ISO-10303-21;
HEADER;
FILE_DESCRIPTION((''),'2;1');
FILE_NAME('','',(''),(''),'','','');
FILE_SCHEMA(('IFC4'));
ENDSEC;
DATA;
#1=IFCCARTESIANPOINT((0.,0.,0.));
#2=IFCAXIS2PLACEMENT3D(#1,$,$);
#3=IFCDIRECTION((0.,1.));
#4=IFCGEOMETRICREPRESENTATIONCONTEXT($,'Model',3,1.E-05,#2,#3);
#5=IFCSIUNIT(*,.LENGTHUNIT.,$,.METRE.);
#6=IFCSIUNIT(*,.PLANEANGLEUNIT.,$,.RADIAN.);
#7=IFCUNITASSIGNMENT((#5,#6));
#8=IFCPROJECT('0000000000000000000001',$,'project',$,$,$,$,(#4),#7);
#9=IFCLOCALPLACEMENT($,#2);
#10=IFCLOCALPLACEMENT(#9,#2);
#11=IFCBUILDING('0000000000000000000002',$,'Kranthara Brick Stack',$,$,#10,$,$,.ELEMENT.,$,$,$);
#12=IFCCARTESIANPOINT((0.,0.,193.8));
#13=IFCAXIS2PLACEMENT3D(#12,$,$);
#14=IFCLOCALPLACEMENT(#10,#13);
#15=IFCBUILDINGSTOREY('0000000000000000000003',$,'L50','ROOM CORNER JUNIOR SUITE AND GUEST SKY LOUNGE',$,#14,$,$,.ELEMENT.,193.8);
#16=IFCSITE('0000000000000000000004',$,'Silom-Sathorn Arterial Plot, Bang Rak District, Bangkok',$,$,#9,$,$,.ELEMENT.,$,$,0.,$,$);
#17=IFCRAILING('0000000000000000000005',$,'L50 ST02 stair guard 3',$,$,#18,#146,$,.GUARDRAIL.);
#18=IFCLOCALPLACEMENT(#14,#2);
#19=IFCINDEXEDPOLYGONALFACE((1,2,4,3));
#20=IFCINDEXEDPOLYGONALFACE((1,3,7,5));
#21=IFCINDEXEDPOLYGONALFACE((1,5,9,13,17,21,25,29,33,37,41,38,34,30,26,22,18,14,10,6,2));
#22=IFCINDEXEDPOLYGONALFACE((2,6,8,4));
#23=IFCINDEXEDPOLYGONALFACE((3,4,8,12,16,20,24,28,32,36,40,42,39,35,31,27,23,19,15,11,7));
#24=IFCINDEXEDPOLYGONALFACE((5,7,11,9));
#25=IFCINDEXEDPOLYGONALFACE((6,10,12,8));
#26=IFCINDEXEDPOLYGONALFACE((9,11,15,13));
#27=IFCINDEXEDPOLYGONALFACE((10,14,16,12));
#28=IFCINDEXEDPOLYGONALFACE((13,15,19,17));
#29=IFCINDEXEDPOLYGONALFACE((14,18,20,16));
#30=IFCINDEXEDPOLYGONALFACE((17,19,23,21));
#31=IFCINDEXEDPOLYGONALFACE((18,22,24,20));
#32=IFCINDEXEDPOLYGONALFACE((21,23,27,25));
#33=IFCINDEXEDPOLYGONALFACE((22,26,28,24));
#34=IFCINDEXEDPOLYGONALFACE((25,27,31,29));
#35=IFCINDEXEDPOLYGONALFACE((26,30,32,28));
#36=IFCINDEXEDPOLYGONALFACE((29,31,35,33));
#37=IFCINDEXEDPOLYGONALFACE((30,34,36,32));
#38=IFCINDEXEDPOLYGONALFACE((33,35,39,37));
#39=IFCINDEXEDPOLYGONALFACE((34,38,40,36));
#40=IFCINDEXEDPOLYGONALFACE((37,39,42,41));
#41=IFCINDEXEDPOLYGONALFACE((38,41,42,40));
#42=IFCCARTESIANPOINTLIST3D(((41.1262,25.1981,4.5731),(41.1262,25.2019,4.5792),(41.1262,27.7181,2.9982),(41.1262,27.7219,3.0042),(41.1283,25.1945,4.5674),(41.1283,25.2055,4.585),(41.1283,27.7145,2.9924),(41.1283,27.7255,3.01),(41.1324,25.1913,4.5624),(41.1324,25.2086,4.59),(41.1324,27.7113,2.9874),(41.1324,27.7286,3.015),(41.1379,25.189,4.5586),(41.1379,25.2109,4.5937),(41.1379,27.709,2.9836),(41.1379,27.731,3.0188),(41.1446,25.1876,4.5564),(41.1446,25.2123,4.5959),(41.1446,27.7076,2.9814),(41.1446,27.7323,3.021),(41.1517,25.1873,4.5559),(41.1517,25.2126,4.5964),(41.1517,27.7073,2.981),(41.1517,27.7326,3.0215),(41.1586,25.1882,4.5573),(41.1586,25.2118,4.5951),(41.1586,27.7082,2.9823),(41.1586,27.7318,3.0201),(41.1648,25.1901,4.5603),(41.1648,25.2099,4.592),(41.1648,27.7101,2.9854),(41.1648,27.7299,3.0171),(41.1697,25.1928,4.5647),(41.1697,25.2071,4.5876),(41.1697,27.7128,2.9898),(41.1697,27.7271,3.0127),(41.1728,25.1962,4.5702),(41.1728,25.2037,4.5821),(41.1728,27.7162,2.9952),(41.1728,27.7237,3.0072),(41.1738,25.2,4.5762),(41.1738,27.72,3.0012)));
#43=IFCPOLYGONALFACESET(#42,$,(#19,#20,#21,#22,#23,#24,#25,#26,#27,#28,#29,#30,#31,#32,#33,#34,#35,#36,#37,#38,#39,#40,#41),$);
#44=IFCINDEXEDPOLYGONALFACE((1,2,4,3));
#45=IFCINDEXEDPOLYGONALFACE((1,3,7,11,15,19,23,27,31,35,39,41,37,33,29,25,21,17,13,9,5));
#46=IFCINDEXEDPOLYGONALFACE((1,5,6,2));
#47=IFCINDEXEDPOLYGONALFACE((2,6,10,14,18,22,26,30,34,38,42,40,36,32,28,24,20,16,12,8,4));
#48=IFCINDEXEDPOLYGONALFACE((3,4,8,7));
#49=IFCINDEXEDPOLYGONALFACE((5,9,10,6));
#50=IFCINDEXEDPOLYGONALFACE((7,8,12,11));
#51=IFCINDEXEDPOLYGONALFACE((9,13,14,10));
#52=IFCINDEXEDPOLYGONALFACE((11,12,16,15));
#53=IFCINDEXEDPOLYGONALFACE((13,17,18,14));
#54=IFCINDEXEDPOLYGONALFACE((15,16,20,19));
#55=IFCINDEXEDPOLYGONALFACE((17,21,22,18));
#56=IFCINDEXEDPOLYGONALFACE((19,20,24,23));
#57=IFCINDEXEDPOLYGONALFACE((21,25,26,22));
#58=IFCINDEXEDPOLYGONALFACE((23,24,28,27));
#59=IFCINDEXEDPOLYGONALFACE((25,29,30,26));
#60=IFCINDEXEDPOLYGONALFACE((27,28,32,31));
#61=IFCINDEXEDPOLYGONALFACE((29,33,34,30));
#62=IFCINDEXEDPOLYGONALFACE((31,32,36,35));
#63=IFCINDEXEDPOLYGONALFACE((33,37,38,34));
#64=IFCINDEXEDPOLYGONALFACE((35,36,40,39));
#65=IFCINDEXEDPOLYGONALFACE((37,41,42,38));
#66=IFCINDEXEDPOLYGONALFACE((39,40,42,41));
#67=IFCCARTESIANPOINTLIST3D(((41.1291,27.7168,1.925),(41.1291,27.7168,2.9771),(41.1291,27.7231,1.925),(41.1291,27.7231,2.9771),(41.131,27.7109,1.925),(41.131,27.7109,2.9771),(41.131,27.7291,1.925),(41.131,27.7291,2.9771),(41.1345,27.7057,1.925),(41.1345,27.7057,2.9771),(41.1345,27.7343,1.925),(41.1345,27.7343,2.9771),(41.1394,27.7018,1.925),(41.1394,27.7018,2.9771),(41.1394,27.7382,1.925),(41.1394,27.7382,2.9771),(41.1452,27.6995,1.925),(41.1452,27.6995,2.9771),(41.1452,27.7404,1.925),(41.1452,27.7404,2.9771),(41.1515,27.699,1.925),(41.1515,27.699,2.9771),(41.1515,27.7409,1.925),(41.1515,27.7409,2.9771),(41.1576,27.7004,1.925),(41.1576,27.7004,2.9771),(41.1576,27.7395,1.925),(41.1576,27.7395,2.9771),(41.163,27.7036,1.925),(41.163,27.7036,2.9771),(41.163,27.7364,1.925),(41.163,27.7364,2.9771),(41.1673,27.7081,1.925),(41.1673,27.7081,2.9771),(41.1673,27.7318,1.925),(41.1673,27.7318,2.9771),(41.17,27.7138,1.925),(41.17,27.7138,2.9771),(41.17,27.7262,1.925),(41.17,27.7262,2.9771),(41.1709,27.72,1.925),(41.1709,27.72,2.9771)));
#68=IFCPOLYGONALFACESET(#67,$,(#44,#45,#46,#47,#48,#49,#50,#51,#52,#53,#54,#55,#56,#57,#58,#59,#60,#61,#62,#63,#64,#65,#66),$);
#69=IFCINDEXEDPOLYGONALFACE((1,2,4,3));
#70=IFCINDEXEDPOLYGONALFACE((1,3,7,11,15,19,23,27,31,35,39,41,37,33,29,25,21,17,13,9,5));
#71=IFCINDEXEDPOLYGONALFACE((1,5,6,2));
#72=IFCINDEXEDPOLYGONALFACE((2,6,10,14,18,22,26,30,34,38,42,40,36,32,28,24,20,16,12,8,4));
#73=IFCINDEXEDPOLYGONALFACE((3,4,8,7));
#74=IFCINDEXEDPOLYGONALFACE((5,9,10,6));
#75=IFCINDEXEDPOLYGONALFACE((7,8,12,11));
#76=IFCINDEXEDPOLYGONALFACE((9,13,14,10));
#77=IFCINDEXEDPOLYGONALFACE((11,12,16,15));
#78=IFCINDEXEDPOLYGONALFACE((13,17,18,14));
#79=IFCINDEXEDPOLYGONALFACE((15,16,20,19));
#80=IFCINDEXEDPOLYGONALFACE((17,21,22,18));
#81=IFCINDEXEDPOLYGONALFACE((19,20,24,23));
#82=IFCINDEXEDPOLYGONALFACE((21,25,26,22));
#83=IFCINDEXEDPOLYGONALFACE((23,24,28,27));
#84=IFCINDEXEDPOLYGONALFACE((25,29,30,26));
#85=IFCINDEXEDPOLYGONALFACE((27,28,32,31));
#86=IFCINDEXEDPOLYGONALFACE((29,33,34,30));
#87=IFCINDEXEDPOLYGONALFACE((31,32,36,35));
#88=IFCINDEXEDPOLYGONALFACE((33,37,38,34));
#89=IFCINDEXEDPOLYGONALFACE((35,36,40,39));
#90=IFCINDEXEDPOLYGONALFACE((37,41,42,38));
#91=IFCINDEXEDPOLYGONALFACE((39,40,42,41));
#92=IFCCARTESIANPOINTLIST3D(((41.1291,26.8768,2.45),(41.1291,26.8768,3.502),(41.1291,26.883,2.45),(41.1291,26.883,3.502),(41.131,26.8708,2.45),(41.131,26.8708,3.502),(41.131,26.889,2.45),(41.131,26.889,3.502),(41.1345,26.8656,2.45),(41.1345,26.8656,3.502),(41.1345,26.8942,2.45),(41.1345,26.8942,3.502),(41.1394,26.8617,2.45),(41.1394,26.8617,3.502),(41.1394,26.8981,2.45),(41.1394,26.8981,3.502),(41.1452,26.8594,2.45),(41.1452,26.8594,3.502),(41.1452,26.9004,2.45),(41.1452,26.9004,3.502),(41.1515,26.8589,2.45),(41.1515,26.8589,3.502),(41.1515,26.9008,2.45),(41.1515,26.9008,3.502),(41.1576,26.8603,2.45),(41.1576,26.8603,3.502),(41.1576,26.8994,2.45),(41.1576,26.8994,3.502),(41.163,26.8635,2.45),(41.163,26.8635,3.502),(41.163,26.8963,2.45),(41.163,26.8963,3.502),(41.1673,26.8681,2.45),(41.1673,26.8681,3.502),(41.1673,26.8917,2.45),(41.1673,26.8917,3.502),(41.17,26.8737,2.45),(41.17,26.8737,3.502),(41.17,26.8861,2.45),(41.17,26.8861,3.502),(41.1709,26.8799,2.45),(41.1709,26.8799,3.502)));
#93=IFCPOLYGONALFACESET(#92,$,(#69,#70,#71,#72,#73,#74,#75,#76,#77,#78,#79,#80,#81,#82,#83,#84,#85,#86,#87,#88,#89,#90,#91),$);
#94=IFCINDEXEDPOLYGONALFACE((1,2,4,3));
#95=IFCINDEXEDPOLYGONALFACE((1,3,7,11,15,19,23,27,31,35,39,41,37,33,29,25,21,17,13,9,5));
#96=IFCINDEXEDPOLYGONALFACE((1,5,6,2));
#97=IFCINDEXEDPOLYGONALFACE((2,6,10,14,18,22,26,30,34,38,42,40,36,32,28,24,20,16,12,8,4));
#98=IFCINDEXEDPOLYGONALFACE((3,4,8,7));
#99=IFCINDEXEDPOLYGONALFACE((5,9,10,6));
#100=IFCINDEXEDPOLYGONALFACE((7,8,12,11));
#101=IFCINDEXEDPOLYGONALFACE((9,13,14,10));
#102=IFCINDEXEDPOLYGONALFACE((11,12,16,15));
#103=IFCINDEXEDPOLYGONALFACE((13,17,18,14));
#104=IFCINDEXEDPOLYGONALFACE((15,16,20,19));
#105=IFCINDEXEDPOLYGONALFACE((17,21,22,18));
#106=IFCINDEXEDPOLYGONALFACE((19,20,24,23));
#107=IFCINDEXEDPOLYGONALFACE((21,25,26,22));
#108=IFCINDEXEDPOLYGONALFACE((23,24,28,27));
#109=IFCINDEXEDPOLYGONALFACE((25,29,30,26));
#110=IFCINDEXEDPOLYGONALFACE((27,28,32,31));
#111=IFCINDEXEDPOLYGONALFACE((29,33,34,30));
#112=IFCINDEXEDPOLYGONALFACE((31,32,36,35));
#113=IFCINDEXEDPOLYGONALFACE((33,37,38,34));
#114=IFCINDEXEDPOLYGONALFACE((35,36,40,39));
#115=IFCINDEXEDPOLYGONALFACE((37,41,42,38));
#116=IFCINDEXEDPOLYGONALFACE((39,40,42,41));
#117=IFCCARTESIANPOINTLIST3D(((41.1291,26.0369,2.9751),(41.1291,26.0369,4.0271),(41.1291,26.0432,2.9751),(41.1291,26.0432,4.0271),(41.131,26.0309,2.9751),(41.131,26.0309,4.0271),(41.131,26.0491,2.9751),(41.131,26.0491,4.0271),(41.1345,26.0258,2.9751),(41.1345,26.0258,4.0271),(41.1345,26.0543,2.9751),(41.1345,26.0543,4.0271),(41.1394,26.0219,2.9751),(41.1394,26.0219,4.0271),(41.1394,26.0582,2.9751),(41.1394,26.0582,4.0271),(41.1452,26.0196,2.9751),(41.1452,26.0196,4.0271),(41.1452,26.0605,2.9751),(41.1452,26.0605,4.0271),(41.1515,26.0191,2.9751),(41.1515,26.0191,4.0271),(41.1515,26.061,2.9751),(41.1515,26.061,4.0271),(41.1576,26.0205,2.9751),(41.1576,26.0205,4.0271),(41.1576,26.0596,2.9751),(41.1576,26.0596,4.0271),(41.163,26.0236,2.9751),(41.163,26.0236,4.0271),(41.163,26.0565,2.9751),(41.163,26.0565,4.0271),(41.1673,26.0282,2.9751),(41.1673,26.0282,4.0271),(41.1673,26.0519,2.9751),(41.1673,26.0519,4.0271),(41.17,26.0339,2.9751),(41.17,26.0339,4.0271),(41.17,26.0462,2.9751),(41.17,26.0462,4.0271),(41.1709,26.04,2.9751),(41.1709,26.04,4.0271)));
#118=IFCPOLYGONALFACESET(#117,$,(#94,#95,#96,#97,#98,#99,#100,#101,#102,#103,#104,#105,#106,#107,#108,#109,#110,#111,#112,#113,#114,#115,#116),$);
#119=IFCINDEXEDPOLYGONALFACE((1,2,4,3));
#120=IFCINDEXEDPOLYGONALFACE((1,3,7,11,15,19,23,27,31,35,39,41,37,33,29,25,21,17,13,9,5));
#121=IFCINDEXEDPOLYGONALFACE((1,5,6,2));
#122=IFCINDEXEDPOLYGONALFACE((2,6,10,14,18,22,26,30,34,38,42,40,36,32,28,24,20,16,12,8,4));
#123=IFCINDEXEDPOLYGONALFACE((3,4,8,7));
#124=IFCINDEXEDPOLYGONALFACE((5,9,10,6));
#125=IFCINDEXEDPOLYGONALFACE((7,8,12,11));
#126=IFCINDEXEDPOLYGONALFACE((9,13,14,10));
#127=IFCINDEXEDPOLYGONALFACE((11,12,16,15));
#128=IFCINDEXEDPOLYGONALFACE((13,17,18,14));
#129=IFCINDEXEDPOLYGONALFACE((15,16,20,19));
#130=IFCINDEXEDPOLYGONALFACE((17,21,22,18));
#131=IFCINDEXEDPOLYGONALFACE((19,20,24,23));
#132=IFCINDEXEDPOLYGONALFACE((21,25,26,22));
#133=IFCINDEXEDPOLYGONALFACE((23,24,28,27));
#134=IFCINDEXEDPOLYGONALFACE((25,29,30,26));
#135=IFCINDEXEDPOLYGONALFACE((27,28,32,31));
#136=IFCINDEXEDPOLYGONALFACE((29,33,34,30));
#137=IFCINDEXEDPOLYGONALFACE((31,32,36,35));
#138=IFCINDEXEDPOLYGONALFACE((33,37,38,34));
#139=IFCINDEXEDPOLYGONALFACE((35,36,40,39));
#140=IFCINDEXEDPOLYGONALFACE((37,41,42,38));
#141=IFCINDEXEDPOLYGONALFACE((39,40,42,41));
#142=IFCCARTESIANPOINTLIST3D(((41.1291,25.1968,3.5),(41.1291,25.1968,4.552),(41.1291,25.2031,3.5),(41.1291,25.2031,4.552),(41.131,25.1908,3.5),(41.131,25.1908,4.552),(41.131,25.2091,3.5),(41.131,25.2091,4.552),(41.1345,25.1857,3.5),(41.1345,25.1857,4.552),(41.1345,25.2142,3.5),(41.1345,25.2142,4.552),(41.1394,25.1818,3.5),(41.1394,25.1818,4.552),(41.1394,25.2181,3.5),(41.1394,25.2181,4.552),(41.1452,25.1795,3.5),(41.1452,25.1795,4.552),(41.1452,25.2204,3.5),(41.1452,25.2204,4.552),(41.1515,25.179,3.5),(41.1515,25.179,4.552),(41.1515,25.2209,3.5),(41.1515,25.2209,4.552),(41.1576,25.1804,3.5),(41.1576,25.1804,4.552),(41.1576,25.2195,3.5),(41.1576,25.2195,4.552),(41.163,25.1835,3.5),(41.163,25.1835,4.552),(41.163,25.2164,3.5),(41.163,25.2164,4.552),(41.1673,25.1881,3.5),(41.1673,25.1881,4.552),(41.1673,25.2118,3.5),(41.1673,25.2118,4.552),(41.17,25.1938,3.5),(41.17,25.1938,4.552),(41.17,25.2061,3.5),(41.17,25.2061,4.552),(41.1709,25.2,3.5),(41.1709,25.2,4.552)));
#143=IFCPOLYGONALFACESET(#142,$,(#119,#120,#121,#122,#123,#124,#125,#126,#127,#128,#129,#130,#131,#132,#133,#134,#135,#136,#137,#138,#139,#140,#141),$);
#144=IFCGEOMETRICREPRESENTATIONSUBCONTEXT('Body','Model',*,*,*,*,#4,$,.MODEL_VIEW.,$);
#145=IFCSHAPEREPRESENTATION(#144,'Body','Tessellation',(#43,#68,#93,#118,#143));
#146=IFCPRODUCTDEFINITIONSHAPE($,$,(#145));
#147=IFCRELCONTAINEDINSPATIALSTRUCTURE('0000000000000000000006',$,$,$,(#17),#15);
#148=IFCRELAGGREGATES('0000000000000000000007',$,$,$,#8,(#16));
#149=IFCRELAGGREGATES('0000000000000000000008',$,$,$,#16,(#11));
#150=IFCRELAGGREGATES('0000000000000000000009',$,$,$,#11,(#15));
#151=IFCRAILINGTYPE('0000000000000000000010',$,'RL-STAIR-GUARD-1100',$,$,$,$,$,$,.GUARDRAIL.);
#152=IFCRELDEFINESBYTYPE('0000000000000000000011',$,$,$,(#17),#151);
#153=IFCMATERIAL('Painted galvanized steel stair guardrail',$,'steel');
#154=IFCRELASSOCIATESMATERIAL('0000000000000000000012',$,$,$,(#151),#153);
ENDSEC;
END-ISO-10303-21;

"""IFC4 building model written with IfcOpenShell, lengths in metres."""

from ifc_helpers import new_model, si_unit, direction, frame, origin, origin_2d, place, context, subcontext, project, spatial, circle, extrude, material, type_object, element, save


model = new_model("IFC4")

# Units and contexts
model_context = context("Model", 3, precision=1e-05, world=origin(), true_north=direction((0.0, 1.0)))
body_context = subcontext(model_context, "Body", "Model", "MODEL_VIEW")
ifc_project = project(units=[si_unit("LENGTHUNIT", "METRE"), si_unit("PLANEANGLEUNIT", "RADIAN")], contexts=[model_context])

# Site, building, storey
site_placement = place(None, origin())
site = spatial("IfcSite", under=ifc_project, at=site_placement, Name="Silom-Sathorn Arterial Plot, Bang Rak District, Bangkok", CompositionType="ELEMENT", RefElevation=0.0)
building_placement = place(site_placement, origin())
building = spatial("IfcBuilding", under=site, at=building_placement, Name="Kranthara Brick Stack", CompositionType="ELEMENT")
storey_placement = place(building_placement, frame((0.0, 0.0, 193.8)))
storey = spatial("IfcBuildingStorey", under=building, at=storey_placement, Name="L50", Description="ROOM CORNER JUNIOR SUITE AND GUEST SKY LOUNGE", CompositionType="ELEMENT", Elevation=193.8)

# Railing
ifc_material_1 = material(Name="Painted galvanized steel stair guardrail", Category="steel")
railing_type_1 = type_object("IfcRailingType", Name="RL-STAIR-GUARD-1100", PredefinedType="GUARDRAIL", material=ifc_material_1)
railing_1_placement = place(storey_placement, frame((41.1499, 27.72, 1.925)))
element("IfcRailing", 1, at=railing_1_placement, inside=storey, type_object=railing_type_1, Name="L50 ST02 stair guard 3", PredefinedType="GUARDRAIL", context=body_context, shape_type="SweptSolid", body=[
    extrude(circle(Radius=0.0239, at=origin_2d()), frame((0.0, 0.0, 1.0762), z_axis=(0.0, -0.848008, 0.529984), x_axis=(1.0, 0.0, 0.0)), (0.0, 0.0, 1.0), 2.9717),
    extrude(circle(Radius=0.021, at=origin_2d()), origin(), (0.0, 0.0, 1.0), 1.052),
    extrude(circle(Radius=0.021, at=origin_2d()), frame((0.0, -0.8401, 0.5249)), (0.0, 0.0, 1.0), 1.052),
    extrude(circle(Radius=0.021, at=origin_2d()), frame((0.0, -1.6799, 1.05)), (0.0, 0.0, 1.0), 1.052),
    extrude(circle(Radius=0.021, at=origin_2d()), frame((0.0, -2.52, 1.575)), (0.0, 0.0, 1.0), 1.052),
])

save(model, "model.ifc")
